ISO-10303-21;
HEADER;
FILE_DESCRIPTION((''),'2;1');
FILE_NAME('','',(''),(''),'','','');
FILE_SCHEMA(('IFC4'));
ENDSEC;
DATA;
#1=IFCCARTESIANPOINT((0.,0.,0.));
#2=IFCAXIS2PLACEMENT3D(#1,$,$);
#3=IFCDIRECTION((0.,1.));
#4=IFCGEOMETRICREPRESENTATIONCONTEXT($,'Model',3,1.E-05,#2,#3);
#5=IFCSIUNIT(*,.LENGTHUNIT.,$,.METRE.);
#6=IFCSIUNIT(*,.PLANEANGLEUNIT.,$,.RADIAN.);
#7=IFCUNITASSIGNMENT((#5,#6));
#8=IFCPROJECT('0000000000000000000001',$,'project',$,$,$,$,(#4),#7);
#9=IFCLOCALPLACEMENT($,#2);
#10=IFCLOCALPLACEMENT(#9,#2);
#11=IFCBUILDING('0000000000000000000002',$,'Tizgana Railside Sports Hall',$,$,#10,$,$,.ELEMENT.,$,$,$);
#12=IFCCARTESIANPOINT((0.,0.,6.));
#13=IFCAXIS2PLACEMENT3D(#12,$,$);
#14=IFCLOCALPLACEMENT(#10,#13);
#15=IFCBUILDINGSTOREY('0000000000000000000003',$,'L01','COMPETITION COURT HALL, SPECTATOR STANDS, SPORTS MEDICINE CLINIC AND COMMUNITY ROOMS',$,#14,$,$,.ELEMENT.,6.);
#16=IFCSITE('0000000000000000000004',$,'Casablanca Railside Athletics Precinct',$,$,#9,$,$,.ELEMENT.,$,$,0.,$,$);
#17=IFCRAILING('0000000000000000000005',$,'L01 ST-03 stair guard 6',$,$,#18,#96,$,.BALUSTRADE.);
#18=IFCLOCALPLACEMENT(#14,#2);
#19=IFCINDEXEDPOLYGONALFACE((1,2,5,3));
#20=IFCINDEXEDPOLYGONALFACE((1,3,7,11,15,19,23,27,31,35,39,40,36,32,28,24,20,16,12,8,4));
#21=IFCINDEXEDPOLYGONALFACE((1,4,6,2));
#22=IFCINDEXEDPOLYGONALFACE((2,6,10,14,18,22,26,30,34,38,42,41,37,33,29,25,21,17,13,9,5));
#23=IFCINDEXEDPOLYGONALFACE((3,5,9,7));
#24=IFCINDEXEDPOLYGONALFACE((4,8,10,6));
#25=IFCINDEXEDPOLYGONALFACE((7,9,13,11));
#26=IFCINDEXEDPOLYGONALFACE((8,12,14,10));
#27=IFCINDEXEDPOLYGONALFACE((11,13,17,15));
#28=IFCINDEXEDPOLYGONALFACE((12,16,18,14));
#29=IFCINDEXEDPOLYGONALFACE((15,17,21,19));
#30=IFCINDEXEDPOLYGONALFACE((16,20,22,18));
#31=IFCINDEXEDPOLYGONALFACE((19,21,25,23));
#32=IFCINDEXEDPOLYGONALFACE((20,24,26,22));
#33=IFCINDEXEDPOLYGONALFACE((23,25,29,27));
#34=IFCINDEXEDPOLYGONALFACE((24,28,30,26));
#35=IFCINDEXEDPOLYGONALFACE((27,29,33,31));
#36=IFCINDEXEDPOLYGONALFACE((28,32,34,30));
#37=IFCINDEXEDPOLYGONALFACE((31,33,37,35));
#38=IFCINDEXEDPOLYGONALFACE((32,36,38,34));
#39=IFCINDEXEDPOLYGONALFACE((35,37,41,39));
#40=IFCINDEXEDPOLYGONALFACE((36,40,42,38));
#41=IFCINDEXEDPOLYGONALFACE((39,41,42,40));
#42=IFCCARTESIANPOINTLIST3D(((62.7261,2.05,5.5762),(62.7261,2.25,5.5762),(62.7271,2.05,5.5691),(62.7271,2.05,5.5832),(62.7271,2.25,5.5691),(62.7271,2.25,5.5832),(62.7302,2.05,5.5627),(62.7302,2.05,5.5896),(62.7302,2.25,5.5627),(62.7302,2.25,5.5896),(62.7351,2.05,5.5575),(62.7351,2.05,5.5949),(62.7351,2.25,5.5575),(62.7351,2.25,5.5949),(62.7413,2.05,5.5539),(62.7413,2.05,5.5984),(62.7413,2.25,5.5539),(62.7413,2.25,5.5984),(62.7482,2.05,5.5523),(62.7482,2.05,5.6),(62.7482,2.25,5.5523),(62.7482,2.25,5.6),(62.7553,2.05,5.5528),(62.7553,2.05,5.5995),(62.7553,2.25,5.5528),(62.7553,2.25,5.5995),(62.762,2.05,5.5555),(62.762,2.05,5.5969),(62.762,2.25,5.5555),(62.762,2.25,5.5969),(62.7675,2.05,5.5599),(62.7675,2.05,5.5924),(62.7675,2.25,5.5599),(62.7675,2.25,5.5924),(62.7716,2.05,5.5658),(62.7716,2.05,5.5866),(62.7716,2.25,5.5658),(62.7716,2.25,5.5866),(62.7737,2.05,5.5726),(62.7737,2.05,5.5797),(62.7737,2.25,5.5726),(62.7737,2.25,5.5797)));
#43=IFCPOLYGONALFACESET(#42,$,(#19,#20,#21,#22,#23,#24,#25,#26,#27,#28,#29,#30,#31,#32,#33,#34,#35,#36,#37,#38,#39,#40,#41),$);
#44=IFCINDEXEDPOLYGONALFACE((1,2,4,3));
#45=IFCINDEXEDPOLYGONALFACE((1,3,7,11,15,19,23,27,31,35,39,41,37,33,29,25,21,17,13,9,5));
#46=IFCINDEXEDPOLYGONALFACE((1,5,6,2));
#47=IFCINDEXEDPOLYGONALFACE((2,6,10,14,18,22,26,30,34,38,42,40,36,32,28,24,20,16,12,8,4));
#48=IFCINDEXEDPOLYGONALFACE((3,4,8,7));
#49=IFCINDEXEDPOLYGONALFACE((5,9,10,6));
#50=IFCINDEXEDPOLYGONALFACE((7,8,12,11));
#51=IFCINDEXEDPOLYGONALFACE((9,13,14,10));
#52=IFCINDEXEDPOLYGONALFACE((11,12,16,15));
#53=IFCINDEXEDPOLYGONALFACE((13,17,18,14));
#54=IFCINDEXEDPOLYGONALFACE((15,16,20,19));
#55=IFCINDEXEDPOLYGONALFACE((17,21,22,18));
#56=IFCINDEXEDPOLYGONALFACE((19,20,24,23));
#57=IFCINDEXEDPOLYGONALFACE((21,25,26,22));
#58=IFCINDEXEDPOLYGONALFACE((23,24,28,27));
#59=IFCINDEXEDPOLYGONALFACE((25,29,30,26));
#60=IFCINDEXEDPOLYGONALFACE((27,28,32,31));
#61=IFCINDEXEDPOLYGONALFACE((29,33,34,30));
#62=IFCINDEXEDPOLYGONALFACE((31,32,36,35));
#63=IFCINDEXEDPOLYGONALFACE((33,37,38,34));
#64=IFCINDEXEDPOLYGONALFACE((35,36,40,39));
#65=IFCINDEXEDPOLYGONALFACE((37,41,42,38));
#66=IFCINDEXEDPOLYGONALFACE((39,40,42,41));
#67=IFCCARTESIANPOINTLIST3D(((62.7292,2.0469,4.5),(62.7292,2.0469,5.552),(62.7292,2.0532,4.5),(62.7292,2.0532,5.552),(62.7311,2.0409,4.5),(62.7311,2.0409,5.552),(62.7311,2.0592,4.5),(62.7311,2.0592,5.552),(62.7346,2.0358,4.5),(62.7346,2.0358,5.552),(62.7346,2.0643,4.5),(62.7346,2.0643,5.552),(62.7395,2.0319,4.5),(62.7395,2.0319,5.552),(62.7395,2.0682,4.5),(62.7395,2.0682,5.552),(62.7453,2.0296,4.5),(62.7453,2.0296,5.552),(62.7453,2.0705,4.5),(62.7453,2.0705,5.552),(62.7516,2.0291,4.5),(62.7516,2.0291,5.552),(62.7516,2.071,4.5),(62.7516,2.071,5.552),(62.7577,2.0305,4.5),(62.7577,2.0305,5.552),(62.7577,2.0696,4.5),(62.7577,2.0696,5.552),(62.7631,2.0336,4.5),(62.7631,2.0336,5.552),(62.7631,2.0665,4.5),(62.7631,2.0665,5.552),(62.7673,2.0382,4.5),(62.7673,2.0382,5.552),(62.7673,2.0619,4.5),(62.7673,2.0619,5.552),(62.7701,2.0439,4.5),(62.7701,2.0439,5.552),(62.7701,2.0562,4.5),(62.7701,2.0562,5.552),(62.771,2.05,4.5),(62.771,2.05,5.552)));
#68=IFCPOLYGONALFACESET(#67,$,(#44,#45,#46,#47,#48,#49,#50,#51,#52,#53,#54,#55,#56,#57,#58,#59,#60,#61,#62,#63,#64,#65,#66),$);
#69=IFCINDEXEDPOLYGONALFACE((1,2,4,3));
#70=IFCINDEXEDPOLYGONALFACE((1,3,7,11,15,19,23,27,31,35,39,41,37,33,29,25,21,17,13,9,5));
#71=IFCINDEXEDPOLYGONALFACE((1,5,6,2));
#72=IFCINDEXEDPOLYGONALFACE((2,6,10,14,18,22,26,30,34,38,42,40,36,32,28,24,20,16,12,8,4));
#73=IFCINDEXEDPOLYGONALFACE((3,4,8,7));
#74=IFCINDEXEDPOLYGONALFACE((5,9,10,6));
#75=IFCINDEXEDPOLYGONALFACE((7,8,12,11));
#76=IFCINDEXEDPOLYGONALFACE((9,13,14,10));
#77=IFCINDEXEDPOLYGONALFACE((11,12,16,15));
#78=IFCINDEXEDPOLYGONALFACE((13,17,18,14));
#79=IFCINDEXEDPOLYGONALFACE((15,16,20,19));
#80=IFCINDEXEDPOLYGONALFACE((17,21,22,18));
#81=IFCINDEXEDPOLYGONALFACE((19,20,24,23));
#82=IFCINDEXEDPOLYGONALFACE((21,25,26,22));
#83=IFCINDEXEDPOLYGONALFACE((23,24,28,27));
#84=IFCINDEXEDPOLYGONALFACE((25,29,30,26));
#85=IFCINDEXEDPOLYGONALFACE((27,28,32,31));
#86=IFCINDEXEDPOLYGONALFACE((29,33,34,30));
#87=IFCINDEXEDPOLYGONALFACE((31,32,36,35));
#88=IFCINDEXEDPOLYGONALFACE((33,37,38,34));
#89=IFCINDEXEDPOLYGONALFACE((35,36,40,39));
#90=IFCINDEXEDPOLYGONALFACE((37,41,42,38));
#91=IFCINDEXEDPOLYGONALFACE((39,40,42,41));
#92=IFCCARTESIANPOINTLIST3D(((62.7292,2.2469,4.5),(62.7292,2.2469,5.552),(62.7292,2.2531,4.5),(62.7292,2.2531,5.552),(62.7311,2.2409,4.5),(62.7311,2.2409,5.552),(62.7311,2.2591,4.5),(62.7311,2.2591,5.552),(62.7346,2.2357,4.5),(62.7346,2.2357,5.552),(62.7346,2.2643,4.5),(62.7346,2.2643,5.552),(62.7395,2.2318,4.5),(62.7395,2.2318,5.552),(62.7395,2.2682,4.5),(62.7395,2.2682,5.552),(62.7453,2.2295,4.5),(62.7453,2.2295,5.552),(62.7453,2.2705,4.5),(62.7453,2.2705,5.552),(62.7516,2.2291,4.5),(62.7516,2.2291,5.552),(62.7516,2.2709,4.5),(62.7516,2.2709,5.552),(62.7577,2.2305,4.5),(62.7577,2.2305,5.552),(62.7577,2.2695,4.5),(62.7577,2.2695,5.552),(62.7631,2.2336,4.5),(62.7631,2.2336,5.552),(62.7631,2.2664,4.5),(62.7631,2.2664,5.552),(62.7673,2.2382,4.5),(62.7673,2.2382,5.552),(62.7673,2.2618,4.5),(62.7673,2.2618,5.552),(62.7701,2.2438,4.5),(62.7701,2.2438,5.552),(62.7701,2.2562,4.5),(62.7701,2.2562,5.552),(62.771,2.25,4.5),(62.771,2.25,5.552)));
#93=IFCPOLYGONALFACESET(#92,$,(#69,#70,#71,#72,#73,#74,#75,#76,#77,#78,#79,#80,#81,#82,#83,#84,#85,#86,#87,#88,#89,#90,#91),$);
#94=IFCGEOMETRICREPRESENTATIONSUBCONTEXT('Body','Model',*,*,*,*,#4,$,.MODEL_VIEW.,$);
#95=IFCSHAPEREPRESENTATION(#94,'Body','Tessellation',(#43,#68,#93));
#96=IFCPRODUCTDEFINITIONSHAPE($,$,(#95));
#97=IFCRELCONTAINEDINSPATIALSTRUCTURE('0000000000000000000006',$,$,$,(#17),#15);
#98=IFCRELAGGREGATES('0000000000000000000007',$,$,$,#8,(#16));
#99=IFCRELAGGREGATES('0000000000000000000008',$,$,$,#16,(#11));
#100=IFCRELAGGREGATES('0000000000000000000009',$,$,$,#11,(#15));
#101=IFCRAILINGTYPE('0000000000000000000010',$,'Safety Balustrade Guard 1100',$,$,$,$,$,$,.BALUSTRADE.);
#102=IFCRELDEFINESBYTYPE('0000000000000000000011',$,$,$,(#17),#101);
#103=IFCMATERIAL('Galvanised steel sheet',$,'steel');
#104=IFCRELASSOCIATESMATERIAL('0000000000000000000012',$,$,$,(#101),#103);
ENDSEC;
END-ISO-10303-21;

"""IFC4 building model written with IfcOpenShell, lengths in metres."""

from ifc_helpers import new_model, si_unit, direction, frame, origin, origin_2d, place, context, subcontext, project, spatial, circle, extrude, material, type_object, element, save


model = new_model("IFC4")

# Units and contexts
model_context = context("Model", 3, precision=1e-05, world=origin(), true_north=direction((0.0, 1.0)))
body_context = subcontext(model_context, "Body", "Model", "MODEL_VIEW")
ifc_project = project(units=[si_unit("LENGTHUNIT", "METRE"), si_unit("PLANEANGLEUNIT", "RADIAN")], contexts=[model_context])

# Site, building, storey
site_placement = place(None, origin())
site = spatial("IfcSite", under=ifc_project, at=site_placement, Name="Casablanca Railside Athletics Precinct", CompositionType="ELEMENT", RefElevation=0.0)
building_placement = place(site_placement, origin())
building = spatial("IfcBuilding", under=site, at=building_placement, Name="Tizgana Railside Sports Hall", CompositionType="ELEMENT")
storey_placement = place(building_placement, frame((0.0, 0.0, 6.0)))
storey = spatial("IfcBuildingStorey", under=building, at=storey_placement, Name="L01", Description="COMPETITION COURT HALL, SPECTATOR STANDS, SPORTS MEDICINE CLINIC AND COMMUNITY ROOMS", CompositionType="ELEMENT", Elevation=6.0)

# Railing
ifc_material_1 = material(Name="Galvanised steel sheet", Category="steel")
railing_type_1 = type_object("IfcRailingType", Name="Safety Balustrade Guard 1100", PredefinedType="BALUSTRADE", material=ifc_material_1)
railing_1_placement = place(storey_placement, frame((62.75, 2.05, 4.5)))
element("IfcRailing", 1, at=railing_1_placement, inside=storey, type_object=railing_type_1, Name="L01 ST-03 stair guard 6", PredefinedType="BALUSTRADE", context=body_context, shape_type="SweptSolid", body=[
    extrude(circle(Radius=0.0239, at=origin_2d()), frame((0.0, 0.0, 1.0762), z_axis=(0.0, 1.0, 0.0), x_axis=(-1.0, 0.0, 0.0)), (0.0, 0.0, 1.0), 0.2),
    extrude(circle(Radius=0.021, at=origin_2d()), origin(), (0.0, 0.0, 1.0), 1.052),
    extrude(circle(Radius=0.021, at=origin_2d()), frame((0.0, 0.2, 0.0)), (0.0, 0.0, 1.0), 1.052),
])

save(model, "model.ifc")
